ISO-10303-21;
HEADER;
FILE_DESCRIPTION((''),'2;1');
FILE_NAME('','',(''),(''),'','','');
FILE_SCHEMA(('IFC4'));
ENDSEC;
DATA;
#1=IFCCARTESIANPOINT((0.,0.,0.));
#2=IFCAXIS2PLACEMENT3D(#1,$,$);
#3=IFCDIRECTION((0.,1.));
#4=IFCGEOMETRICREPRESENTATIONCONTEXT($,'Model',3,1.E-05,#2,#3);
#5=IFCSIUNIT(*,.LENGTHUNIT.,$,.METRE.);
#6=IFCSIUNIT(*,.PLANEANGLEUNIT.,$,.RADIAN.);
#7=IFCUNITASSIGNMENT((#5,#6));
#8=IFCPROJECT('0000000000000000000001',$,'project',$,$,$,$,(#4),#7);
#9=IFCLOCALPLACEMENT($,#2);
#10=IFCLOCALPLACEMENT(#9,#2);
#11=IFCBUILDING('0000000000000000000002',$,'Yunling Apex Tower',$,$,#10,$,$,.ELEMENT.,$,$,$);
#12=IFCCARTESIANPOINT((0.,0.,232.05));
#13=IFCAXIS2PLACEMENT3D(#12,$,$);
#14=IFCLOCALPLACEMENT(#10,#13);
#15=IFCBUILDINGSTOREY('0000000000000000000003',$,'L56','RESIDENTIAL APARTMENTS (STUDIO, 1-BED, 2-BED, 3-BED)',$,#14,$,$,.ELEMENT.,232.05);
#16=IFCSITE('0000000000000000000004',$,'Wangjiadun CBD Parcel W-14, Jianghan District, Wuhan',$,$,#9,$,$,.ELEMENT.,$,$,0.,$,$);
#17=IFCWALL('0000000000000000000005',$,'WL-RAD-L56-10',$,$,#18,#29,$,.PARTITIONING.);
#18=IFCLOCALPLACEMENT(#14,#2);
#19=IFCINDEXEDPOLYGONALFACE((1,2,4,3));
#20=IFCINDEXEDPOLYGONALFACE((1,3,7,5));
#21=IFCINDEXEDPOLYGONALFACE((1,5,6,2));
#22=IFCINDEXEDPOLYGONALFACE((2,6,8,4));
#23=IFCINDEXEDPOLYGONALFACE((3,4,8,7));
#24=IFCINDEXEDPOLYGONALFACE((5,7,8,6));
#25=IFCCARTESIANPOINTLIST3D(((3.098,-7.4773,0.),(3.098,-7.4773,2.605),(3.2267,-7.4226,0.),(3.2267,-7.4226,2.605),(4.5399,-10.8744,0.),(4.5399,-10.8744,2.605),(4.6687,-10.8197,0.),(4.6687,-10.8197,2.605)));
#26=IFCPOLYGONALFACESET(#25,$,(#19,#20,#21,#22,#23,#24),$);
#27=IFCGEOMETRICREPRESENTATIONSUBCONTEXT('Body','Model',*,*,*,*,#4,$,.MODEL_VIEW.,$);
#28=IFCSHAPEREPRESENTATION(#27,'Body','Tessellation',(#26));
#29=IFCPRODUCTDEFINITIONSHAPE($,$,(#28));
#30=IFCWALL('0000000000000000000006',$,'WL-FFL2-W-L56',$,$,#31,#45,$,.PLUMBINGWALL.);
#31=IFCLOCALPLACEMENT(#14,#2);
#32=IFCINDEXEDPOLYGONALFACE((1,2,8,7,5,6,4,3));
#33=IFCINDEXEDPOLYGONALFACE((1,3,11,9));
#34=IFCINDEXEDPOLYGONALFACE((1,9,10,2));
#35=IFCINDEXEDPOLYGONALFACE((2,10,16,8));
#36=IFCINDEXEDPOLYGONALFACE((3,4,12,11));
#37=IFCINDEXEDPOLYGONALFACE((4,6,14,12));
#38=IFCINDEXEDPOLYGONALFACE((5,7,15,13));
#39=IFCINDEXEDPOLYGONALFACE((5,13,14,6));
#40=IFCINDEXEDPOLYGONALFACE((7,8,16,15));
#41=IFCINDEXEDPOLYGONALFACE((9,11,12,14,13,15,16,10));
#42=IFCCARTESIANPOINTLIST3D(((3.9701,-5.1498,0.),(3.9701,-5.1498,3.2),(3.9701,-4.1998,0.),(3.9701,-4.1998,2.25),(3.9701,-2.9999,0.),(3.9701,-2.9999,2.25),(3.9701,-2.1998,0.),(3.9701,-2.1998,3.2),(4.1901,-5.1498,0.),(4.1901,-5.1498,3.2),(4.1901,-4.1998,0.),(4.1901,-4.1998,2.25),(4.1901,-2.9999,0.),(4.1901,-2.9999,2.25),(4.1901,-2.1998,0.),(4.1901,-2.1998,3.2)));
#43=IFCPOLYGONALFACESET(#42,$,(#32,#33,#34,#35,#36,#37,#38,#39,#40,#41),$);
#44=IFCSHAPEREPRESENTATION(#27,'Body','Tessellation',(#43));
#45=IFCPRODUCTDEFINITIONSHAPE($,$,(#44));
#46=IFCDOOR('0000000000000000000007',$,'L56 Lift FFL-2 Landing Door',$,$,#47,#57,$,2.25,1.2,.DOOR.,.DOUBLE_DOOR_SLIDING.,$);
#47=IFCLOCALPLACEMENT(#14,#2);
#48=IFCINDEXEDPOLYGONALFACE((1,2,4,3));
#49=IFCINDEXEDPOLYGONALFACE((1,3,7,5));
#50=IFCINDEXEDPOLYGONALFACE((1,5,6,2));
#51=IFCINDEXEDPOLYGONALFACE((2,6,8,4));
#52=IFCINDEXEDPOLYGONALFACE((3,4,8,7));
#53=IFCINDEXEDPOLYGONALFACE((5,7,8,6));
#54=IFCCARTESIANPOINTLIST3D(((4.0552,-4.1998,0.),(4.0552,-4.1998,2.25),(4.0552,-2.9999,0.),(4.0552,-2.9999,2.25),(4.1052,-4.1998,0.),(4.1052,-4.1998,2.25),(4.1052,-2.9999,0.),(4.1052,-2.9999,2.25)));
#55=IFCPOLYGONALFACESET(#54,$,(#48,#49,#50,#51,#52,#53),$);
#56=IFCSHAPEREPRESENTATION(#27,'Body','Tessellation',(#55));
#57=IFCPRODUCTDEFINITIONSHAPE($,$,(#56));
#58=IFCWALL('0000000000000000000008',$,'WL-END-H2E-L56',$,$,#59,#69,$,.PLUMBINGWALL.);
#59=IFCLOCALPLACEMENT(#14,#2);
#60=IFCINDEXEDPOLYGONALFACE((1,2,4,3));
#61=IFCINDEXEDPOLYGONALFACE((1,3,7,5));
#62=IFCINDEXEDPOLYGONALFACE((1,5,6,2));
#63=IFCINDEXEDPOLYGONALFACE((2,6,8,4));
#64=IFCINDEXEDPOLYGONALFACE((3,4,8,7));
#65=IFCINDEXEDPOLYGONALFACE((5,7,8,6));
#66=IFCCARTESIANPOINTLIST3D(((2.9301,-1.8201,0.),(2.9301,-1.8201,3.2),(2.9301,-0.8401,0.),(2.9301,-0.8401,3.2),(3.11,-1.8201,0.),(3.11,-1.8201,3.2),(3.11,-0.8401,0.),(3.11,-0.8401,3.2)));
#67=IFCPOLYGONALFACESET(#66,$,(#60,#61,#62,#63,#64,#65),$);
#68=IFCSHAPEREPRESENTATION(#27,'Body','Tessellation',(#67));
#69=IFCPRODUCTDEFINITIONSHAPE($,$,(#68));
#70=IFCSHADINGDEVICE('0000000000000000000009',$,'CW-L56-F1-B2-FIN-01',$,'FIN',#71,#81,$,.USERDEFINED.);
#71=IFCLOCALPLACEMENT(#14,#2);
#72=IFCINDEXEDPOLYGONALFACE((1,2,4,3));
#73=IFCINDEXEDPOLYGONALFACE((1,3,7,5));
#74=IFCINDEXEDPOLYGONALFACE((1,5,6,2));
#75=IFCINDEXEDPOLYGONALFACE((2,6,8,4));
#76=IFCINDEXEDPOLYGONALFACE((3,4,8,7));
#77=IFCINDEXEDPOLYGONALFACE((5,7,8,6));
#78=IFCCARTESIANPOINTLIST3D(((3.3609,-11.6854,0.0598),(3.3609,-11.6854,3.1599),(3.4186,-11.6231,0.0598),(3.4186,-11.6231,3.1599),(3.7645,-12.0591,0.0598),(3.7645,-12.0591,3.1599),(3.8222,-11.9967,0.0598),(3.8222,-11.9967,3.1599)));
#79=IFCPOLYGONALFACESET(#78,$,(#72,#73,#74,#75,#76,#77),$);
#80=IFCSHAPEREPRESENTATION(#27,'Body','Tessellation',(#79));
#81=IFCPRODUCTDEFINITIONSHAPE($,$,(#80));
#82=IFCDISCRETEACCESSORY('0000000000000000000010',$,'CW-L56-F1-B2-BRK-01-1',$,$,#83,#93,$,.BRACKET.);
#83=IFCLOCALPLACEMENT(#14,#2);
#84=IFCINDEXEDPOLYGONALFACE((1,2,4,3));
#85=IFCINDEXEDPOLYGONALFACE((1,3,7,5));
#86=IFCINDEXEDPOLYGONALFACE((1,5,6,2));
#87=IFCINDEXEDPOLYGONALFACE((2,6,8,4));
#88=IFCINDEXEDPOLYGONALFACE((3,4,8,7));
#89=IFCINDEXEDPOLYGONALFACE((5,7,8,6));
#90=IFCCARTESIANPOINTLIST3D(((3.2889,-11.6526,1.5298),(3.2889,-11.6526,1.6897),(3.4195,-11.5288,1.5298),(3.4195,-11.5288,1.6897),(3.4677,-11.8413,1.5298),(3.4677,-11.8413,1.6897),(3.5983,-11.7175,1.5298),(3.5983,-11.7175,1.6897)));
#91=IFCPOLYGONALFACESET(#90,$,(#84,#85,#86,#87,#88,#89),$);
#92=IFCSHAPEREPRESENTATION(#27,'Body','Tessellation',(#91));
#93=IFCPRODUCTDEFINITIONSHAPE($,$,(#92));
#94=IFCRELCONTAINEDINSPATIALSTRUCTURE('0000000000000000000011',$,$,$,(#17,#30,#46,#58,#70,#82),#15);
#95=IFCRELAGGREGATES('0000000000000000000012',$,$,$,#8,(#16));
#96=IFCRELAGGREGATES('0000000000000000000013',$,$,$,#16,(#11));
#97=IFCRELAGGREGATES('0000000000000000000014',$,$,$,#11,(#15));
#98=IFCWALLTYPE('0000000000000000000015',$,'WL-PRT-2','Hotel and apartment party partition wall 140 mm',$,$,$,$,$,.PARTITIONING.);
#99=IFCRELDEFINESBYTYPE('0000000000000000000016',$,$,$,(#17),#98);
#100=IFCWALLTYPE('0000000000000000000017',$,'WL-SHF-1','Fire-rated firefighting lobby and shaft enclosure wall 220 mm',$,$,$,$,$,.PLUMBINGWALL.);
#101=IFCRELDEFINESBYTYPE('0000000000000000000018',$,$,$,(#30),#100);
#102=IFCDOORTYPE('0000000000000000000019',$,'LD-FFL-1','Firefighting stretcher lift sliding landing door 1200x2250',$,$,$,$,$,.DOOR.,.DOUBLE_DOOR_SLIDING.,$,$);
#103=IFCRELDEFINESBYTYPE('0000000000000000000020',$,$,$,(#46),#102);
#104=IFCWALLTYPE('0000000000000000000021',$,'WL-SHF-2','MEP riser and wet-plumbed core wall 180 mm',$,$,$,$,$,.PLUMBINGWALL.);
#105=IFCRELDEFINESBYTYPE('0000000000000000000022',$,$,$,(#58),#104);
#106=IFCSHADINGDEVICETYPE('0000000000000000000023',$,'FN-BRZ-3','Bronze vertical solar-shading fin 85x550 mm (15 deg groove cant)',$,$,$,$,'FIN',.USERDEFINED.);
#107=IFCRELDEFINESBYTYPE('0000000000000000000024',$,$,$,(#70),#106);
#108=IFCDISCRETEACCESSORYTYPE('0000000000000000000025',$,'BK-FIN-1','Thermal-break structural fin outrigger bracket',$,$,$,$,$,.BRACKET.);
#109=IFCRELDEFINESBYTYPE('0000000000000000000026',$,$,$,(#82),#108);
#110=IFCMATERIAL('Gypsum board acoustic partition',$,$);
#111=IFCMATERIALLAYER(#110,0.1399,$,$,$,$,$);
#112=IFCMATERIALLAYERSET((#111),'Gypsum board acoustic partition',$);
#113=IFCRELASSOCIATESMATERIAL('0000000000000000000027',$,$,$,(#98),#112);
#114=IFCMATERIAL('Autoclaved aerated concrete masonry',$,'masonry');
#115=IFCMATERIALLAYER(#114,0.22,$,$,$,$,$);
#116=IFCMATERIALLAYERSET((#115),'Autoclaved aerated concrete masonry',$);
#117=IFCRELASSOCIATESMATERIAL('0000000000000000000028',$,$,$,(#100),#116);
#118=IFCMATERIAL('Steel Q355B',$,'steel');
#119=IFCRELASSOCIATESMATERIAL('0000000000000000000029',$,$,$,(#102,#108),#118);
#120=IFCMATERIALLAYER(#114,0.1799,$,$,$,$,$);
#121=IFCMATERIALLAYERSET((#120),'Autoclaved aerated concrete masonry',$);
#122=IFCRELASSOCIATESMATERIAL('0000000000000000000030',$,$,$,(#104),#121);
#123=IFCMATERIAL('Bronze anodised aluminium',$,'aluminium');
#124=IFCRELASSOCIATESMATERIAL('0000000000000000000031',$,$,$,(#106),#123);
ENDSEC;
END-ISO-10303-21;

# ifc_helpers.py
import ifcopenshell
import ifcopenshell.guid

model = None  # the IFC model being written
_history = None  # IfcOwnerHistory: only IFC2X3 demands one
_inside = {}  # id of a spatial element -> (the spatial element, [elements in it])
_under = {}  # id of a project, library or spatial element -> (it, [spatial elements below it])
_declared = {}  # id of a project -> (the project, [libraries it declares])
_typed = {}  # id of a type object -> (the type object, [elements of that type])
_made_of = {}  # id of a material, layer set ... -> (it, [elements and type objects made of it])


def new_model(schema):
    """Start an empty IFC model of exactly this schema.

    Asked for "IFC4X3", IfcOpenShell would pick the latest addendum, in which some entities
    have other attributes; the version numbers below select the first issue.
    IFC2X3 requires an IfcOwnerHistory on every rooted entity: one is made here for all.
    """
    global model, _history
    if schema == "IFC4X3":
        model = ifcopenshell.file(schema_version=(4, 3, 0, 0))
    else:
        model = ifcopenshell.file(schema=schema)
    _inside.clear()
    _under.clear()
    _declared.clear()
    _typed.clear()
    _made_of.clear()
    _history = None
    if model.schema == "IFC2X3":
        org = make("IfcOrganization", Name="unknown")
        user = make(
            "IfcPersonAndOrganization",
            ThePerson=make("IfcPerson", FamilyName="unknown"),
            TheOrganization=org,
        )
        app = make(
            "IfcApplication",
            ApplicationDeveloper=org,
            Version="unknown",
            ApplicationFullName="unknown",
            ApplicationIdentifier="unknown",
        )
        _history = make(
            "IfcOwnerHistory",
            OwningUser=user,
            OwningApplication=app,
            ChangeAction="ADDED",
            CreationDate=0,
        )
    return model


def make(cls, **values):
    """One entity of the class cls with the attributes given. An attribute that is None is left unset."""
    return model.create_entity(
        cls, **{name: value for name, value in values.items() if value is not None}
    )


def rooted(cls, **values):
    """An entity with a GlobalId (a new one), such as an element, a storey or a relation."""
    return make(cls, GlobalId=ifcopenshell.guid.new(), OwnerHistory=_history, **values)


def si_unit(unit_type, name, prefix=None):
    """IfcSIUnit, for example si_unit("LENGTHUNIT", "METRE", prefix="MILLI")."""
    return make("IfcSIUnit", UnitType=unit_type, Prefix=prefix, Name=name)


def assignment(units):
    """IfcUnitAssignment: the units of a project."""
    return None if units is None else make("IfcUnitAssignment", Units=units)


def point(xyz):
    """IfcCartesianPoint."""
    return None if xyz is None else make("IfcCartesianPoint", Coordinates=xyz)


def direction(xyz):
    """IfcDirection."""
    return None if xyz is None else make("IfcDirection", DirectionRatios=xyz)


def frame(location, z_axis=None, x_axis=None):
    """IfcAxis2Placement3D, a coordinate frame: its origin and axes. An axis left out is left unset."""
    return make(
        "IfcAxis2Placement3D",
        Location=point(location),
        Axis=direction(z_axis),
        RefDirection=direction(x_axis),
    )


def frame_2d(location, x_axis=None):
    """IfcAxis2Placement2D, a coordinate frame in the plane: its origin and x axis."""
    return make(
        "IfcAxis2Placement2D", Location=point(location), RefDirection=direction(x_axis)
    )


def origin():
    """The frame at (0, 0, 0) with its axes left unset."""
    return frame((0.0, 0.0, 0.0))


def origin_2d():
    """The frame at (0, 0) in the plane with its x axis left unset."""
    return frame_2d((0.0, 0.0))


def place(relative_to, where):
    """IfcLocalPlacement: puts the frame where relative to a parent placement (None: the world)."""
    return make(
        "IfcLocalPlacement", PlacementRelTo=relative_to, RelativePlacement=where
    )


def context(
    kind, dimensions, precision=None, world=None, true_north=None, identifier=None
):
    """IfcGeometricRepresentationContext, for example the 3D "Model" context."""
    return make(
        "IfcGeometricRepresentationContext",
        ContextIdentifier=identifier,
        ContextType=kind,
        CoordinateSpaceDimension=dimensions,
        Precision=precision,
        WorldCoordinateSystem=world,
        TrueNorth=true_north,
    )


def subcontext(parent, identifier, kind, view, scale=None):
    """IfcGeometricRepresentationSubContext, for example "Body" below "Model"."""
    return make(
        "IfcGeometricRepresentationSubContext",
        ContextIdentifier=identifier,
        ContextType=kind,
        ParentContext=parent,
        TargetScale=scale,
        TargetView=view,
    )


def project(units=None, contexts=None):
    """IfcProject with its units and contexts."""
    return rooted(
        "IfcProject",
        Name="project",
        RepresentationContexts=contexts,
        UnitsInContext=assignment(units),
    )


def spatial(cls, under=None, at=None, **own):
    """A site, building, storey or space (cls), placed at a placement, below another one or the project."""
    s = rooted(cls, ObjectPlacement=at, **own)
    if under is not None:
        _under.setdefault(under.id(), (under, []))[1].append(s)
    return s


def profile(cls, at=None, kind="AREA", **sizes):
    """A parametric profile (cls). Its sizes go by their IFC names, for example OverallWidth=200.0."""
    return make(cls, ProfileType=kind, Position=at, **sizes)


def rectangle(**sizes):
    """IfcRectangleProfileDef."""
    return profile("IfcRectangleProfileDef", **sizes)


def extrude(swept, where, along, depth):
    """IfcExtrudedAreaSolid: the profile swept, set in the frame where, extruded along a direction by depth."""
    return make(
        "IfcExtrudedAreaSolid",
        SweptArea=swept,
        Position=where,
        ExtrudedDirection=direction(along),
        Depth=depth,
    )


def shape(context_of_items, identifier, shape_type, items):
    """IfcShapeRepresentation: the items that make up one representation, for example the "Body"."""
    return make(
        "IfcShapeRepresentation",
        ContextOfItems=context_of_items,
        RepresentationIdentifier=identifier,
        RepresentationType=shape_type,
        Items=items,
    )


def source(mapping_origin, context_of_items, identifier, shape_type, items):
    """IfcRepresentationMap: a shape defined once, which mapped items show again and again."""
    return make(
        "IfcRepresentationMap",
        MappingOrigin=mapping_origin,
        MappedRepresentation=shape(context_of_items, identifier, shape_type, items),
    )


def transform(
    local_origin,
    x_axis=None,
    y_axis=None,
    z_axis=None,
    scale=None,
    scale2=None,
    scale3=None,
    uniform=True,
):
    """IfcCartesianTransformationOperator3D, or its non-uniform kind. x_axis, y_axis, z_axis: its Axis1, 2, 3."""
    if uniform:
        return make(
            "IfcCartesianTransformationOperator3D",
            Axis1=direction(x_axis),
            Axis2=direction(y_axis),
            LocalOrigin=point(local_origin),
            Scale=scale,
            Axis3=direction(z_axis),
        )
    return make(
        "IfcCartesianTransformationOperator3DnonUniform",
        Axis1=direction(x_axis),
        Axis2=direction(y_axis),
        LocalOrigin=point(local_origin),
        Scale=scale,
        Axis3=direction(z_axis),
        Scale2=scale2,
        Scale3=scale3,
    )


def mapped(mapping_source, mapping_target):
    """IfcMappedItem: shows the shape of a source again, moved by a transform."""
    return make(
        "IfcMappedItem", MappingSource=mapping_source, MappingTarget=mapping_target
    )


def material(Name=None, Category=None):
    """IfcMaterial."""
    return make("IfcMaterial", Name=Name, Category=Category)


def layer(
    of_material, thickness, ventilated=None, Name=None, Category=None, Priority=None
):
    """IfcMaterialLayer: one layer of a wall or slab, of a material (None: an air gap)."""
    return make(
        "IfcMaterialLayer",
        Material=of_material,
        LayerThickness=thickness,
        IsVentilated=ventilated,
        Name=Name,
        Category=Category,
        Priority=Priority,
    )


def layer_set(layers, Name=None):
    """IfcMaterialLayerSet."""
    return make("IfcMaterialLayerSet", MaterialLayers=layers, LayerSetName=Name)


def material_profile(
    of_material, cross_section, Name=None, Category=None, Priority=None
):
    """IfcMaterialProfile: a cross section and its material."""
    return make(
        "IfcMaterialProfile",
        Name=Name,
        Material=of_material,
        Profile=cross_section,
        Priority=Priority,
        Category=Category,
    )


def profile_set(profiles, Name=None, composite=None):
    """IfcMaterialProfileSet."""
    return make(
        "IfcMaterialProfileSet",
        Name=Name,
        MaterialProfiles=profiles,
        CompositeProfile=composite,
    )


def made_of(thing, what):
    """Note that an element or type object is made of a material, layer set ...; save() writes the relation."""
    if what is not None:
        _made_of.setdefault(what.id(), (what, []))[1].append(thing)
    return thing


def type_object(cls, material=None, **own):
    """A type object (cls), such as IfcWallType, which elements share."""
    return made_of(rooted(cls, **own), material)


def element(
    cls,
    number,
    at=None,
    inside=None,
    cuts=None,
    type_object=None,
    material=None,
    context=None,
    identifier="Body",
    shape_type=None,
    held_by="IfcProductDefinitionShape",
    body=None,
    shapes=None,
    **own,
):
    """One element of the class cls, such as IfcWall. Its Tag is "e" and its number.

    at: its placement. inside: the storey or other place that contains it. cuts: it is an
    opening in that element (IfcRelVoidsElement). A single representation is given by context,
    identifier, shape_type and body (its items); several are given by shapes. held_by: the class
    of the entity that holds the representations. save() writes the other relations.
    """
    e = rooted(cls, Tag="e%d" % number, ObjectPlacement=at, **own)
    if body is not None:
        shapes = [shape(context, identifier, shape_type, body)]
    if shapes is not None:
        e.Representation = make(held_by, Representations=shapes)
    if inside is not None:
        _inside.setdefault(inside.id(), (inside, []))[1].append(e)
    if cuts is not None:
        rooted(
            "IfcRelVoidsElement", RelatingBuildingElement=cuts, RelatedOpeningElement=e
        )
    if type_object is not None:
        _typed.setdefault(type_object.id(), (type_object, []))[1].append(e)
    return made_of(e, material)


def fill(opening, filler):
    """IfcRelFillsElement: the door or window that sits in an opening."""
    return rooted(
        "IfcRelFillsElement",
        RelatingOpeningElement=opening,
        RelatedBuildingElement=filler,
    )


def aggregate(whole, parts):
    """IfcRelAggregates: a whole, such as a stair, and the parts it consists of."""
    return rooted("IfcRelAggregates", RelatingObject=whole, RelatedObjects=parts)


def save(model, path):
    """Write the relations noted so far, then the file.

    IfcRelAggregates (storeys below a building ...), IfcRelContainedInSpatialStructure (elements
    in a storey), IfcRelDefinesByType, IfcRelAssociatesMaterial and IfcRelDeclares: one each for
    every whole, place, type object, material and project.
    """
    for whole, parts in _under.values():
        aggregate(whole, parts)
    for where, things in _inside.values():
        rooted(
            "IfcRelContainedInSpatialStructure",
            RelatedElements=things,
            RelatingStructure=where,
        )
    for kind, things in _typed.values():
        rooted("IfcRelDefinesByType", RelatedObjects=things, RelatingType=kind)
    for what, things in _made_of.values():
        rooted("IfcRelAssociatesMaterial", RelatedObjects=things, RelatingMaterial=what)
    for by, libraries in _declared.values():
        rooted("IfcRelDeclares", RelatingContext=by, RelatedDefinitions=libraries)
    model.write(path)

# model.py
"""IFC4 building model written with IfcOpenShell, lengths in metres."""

from ifc_helpers import new_model, si_unit, direction, frame, frame_2d, origin, origin_2d, place, context, subcontext, project, spatial, rectangle, extrude, source, transform, mapped, material, layer, layer_set, material_profile, profile_set, type_object, element, fill, save


model = new_model("IFC4")

# Units and contexts
model_context = context("Model", 3, precision=1e-05, world=origin(), true_north=direction((0.0, 1.0)))
body_context = subcontext(model_context, "Body", "Model", "MODEL_VIEW")
ifc_project = project(units=[si_unit("LENGTHUNIT", "METRE"), si_unit("PLANEANGLEUNIT", "RADIAN")], contexts=[model_context])

# Site, building, storey
site_placement = place(None, origin())
site = spatial("IfcSite", under=ifc_project, at=site_placement, Name="Wangjiadun CBD Parcel W-14, Jianghan District, Wuhan", CompositionType="ELEMENT", RefElevation=0.0)
building_placement = place(site_placement, origin())
building = spatial("IfcBuilding", under=site, at=building_placement, Name="Yunling Apex Tower", CompositionType="ELEMENT")
storey_placement = place(building_placement, frame((0.0, 0.0, 232.05)))
storey = spatial("IfcBuildingStorey", under=building, at=storey_placement, Name="L56", Description="RESIDENTIAL APARTMENTS (STUDIO, 1-BED, 2-BED, 3-BED)", CompositionType="ELEMENT", Elevation=232.05)

# Shared definitions
ifc_material_1 = material(Name="Steel Q355B", Category="steel")

# Shared definitions
ifc_material_2 = material(Name="Bronze anodised aluminium", Category="aluminium")

# Shared definitions
ifc_material_3 = material(Name="Gypsum board acoustic partition")

# Wall
ifc_layer_1 = layer(ifc_material_3, 0.1399)
ifc_layer_set_1 = layer_set([ifc_layer_1], Name="Gypsum board acoustic partition")
wall_type_1 = type_object("IfcWallType", Name="WL-PRT-2", Description="Hotel and apartment party partition wall 140 mm", PredefinedType="PARTITIONING", material=ifc_layer_set_1)
wall_1_placement = place(storey_placement, frame((3.1624, -7.45, 0.0), z_axis=(0.0, 0.0, 1.0), x_axis=(0.390723, -0.920508, 0.0)))
element("IfcWall", 1, at=wall_1_placement, inside=storey, type_object=wall_type_1, Name="WL-RAD-L56-10", PredefinedType="PARTITIONING", context=body_context, shape_type="SweptSolid", body=[
    extrude(rectangle(XDim=3.6904, YDim=0.1399, at=frame_2d((1.8452, 0.0))), origin(), (0.0, 0.0, 1.0), 2.605),
])

# Wall, opening, door
ifc_material_4 = material(Name="Autoclaved aerated concrete masonry", Category="masonry")
ifc_layer_2 = layer(ifc_material_4, 0.22)
ifc_layer_set_2 = layer_set([ifc_layer_2], Name="Autoclaved aerated concrete masonry")
wall_type_2 = type_object("IfcWallType", Name="WL-SHF-1", Description="Fire-rated firefighting lobby and shaft enclosure wall 220 mm", PredefinedType="PLUMBINGWALL", material=ifc_layer_set_2)
wall_2_placement = place(storey_placement, frame((4.0801, -5.1499, 0.0), z_axis=(0.0, 0.0, 1.0), x_axis=(0.0, 1.0, 0.0)))
wall_2 = element("IfcWall", 2, at=wall_2_placement, inside=storey, type_object=wall_type_2, Name="WL-FFL2-W-L56", PredefinedType="PLUMBINGWALL", context=body_context, shape_type="SweptSolid", body=[
    extrude(rectangle(XDim=2.95, YDim=0.22, at=frame_2d((1.4751, 0.0))), origin(), (0.0, 0.0, 1.0), 3.2),
])
opening_1_placement = place(wall_2_placement, frame((0.95, 0.0, 0.0)))
opening_1 = element("IfcOpeningElement", 3, at=opening_1_placement, cuts=wall_2, PredefinedType="OPENING", context=body_context, shape_type="SweptSolid", body=[
    extrude(rectangle(XDim=1.2, YDim=2.25, at=frame_2d((0.6001, 1.125))), frame((0.0, 0.1201, 0.0), z_axis=(0.0, -1.0, 0.0), x_axis=(1.0, 0.0, 0.0)), (0.0, 0.0, 1.0), 0.24),
])
door_type_1 = type_object("IfcDoorType", Name="LD-FFL-1", Description="Firefighting stretcher lift sliding landing door 1200x2250", OperationType="DOUBLE_DOOR_SLIDING", PredefinedType="DOOR", material=ifc_material_1)
door_1_placement = place(opening_1_placement, origin())
door_1 = element("IfcDoor", 4, at=door_1_placement, inside=storey, type_object=door_type_1, Name="L56 Lift FFL-2 Landing Door", OperationType="DOUBLE_DOOR_SLIDING", OverallHeight=2.25, OverallWidth=1.2, PredefinedType="DOOR", context=body_context, shape_type="SweptSolid", body=[
    extrude(rectangle(XDim=1.2, YDim=2.25, at=frame_2d((0.6001, 1.125))), frame((0.0, 0.0249, 0.0), z_axis=(0.0, -1.0, 0.0), x_axis=(1.0, 0.0, 0.0)), (0.0, 0.0, 1.0), 0.05),
])
fill(opening_1, door_1)

# Wall
ifc_layer_3 = layer(ifc_material_4, 0.1799)
ifc_layer_set_3 = layer_set([ifc_layer_3], Name="Autoclaved aerated concrete masonry")
wall_type_3 = type_object("IfcWallType", Name="WL-SHF-2", Description="MEP riser and wet-plumbed core wall 180 mm", PredefinedType="PLUMBINGWALL", material=ifc_layer_set_3)
wall_3_placement = place(storey_placement, frame((3.02, -1.8201, 0.0), z_axis=(0.0, 0.0, 1.0), x_axis=(0.0, 1.0, 0.0)))
element("IfcWall", 5, at=wall_3_placement, inside=storey, type_object=wall_type_3, Name="WL-END-H2E-L56", PredefinedType="PLUMBINGWALL", context=body_context, shape_type="SweptSolid", body=[
    extrude(rectangle(XDim=0.98, YDim=0.1799, at=frame_2d((0.49, 0.0))), origin(), (0.0, 0.0, 1.0), 3.2),
])

# Shading device
ifc_material_profile_1 = material_profile(ifc_material_2, rectangle(XDim=0.085, YDim=0.55, at=origin_2d()))
ifc_profile_set_1 = profile_set([ifc_material_profile_1], Name="Bronze anodised aluminium")
shading_device_type = type_object("IfcShadingDeviceType", Name="FN-BRZ-3", Description="Bronze vertical solar-shading fin 85x550 mm (15 deg groove cant)", ElementType="FIN", PredefinedType="USERDEFINED", material=ifc_profile_set_1)
shared_shape_1 = source(origin(), body_context, "Body", "SweptSolid", [
    extrude(rectangle(XDim=0.085, YDim=0.55, at=origin_2d()), origin(), (0.0, 0.0, 1.0), 3.1001),
])
shading_device_placement = place(storey_placement, frame((3.5916, -11.8411, 0.0598), z_axis=(0.0, 0.0, 1.0), x_axis=(0.679313, 0.733848, 0.0)))
element("IfcShadingDevice", 6, at=shading_device_placement, inside=storey, type_object=shading_device_type, Name="CW-L56-F1-B2-FIN-01", ObjectType="FIN", PredefinedType="USERDEFINED", context=body_context, shape_type="MappedRepresentation", body=[
    mapped(shared_shape_1, transform((0.0, 0.0, 0.0), scale=1.0)),
])

# Discrete accessory
discrete_accessory_type = type_object("IfcDiscreteAccessoryType", Name="BK-FIN-1", Description="Thermal-break structural fin outrigger bracket", PredefinedType="BRACKET", material=ifc_material_1)
shared_shape_2 = source(origin(), body_context, "Body", "SweptSolid", [
    extrude(rectangle(XDim=0.1799, YDim=0.26, at=origin_2d()), origin(), (0.0, 0.0, 1.0), 0.1599),
])
discrete_accessory_placement = place(storey_placement, frame((3.4436, -11.6851, 1.5298), z_axis=(0.0, 0.0, 1.0), x_axis=(0.725855, 0.687848, 0.0)))
element("IfcDiscreteAccessory", 7, at=discrete_accessory_placement, inside=storey, type_object=discrete_accessory_type, Name="CW-L56-F1-B2-BRK-01-1", PredefinedType="BRACKET", context=body_context, shape_type="MappedRepresentation", body=[
    mapped(shared_shape_2, transform((0.0, 0.0, 0.0), scale=1.0)),
])

save(model, "model.ifc")
